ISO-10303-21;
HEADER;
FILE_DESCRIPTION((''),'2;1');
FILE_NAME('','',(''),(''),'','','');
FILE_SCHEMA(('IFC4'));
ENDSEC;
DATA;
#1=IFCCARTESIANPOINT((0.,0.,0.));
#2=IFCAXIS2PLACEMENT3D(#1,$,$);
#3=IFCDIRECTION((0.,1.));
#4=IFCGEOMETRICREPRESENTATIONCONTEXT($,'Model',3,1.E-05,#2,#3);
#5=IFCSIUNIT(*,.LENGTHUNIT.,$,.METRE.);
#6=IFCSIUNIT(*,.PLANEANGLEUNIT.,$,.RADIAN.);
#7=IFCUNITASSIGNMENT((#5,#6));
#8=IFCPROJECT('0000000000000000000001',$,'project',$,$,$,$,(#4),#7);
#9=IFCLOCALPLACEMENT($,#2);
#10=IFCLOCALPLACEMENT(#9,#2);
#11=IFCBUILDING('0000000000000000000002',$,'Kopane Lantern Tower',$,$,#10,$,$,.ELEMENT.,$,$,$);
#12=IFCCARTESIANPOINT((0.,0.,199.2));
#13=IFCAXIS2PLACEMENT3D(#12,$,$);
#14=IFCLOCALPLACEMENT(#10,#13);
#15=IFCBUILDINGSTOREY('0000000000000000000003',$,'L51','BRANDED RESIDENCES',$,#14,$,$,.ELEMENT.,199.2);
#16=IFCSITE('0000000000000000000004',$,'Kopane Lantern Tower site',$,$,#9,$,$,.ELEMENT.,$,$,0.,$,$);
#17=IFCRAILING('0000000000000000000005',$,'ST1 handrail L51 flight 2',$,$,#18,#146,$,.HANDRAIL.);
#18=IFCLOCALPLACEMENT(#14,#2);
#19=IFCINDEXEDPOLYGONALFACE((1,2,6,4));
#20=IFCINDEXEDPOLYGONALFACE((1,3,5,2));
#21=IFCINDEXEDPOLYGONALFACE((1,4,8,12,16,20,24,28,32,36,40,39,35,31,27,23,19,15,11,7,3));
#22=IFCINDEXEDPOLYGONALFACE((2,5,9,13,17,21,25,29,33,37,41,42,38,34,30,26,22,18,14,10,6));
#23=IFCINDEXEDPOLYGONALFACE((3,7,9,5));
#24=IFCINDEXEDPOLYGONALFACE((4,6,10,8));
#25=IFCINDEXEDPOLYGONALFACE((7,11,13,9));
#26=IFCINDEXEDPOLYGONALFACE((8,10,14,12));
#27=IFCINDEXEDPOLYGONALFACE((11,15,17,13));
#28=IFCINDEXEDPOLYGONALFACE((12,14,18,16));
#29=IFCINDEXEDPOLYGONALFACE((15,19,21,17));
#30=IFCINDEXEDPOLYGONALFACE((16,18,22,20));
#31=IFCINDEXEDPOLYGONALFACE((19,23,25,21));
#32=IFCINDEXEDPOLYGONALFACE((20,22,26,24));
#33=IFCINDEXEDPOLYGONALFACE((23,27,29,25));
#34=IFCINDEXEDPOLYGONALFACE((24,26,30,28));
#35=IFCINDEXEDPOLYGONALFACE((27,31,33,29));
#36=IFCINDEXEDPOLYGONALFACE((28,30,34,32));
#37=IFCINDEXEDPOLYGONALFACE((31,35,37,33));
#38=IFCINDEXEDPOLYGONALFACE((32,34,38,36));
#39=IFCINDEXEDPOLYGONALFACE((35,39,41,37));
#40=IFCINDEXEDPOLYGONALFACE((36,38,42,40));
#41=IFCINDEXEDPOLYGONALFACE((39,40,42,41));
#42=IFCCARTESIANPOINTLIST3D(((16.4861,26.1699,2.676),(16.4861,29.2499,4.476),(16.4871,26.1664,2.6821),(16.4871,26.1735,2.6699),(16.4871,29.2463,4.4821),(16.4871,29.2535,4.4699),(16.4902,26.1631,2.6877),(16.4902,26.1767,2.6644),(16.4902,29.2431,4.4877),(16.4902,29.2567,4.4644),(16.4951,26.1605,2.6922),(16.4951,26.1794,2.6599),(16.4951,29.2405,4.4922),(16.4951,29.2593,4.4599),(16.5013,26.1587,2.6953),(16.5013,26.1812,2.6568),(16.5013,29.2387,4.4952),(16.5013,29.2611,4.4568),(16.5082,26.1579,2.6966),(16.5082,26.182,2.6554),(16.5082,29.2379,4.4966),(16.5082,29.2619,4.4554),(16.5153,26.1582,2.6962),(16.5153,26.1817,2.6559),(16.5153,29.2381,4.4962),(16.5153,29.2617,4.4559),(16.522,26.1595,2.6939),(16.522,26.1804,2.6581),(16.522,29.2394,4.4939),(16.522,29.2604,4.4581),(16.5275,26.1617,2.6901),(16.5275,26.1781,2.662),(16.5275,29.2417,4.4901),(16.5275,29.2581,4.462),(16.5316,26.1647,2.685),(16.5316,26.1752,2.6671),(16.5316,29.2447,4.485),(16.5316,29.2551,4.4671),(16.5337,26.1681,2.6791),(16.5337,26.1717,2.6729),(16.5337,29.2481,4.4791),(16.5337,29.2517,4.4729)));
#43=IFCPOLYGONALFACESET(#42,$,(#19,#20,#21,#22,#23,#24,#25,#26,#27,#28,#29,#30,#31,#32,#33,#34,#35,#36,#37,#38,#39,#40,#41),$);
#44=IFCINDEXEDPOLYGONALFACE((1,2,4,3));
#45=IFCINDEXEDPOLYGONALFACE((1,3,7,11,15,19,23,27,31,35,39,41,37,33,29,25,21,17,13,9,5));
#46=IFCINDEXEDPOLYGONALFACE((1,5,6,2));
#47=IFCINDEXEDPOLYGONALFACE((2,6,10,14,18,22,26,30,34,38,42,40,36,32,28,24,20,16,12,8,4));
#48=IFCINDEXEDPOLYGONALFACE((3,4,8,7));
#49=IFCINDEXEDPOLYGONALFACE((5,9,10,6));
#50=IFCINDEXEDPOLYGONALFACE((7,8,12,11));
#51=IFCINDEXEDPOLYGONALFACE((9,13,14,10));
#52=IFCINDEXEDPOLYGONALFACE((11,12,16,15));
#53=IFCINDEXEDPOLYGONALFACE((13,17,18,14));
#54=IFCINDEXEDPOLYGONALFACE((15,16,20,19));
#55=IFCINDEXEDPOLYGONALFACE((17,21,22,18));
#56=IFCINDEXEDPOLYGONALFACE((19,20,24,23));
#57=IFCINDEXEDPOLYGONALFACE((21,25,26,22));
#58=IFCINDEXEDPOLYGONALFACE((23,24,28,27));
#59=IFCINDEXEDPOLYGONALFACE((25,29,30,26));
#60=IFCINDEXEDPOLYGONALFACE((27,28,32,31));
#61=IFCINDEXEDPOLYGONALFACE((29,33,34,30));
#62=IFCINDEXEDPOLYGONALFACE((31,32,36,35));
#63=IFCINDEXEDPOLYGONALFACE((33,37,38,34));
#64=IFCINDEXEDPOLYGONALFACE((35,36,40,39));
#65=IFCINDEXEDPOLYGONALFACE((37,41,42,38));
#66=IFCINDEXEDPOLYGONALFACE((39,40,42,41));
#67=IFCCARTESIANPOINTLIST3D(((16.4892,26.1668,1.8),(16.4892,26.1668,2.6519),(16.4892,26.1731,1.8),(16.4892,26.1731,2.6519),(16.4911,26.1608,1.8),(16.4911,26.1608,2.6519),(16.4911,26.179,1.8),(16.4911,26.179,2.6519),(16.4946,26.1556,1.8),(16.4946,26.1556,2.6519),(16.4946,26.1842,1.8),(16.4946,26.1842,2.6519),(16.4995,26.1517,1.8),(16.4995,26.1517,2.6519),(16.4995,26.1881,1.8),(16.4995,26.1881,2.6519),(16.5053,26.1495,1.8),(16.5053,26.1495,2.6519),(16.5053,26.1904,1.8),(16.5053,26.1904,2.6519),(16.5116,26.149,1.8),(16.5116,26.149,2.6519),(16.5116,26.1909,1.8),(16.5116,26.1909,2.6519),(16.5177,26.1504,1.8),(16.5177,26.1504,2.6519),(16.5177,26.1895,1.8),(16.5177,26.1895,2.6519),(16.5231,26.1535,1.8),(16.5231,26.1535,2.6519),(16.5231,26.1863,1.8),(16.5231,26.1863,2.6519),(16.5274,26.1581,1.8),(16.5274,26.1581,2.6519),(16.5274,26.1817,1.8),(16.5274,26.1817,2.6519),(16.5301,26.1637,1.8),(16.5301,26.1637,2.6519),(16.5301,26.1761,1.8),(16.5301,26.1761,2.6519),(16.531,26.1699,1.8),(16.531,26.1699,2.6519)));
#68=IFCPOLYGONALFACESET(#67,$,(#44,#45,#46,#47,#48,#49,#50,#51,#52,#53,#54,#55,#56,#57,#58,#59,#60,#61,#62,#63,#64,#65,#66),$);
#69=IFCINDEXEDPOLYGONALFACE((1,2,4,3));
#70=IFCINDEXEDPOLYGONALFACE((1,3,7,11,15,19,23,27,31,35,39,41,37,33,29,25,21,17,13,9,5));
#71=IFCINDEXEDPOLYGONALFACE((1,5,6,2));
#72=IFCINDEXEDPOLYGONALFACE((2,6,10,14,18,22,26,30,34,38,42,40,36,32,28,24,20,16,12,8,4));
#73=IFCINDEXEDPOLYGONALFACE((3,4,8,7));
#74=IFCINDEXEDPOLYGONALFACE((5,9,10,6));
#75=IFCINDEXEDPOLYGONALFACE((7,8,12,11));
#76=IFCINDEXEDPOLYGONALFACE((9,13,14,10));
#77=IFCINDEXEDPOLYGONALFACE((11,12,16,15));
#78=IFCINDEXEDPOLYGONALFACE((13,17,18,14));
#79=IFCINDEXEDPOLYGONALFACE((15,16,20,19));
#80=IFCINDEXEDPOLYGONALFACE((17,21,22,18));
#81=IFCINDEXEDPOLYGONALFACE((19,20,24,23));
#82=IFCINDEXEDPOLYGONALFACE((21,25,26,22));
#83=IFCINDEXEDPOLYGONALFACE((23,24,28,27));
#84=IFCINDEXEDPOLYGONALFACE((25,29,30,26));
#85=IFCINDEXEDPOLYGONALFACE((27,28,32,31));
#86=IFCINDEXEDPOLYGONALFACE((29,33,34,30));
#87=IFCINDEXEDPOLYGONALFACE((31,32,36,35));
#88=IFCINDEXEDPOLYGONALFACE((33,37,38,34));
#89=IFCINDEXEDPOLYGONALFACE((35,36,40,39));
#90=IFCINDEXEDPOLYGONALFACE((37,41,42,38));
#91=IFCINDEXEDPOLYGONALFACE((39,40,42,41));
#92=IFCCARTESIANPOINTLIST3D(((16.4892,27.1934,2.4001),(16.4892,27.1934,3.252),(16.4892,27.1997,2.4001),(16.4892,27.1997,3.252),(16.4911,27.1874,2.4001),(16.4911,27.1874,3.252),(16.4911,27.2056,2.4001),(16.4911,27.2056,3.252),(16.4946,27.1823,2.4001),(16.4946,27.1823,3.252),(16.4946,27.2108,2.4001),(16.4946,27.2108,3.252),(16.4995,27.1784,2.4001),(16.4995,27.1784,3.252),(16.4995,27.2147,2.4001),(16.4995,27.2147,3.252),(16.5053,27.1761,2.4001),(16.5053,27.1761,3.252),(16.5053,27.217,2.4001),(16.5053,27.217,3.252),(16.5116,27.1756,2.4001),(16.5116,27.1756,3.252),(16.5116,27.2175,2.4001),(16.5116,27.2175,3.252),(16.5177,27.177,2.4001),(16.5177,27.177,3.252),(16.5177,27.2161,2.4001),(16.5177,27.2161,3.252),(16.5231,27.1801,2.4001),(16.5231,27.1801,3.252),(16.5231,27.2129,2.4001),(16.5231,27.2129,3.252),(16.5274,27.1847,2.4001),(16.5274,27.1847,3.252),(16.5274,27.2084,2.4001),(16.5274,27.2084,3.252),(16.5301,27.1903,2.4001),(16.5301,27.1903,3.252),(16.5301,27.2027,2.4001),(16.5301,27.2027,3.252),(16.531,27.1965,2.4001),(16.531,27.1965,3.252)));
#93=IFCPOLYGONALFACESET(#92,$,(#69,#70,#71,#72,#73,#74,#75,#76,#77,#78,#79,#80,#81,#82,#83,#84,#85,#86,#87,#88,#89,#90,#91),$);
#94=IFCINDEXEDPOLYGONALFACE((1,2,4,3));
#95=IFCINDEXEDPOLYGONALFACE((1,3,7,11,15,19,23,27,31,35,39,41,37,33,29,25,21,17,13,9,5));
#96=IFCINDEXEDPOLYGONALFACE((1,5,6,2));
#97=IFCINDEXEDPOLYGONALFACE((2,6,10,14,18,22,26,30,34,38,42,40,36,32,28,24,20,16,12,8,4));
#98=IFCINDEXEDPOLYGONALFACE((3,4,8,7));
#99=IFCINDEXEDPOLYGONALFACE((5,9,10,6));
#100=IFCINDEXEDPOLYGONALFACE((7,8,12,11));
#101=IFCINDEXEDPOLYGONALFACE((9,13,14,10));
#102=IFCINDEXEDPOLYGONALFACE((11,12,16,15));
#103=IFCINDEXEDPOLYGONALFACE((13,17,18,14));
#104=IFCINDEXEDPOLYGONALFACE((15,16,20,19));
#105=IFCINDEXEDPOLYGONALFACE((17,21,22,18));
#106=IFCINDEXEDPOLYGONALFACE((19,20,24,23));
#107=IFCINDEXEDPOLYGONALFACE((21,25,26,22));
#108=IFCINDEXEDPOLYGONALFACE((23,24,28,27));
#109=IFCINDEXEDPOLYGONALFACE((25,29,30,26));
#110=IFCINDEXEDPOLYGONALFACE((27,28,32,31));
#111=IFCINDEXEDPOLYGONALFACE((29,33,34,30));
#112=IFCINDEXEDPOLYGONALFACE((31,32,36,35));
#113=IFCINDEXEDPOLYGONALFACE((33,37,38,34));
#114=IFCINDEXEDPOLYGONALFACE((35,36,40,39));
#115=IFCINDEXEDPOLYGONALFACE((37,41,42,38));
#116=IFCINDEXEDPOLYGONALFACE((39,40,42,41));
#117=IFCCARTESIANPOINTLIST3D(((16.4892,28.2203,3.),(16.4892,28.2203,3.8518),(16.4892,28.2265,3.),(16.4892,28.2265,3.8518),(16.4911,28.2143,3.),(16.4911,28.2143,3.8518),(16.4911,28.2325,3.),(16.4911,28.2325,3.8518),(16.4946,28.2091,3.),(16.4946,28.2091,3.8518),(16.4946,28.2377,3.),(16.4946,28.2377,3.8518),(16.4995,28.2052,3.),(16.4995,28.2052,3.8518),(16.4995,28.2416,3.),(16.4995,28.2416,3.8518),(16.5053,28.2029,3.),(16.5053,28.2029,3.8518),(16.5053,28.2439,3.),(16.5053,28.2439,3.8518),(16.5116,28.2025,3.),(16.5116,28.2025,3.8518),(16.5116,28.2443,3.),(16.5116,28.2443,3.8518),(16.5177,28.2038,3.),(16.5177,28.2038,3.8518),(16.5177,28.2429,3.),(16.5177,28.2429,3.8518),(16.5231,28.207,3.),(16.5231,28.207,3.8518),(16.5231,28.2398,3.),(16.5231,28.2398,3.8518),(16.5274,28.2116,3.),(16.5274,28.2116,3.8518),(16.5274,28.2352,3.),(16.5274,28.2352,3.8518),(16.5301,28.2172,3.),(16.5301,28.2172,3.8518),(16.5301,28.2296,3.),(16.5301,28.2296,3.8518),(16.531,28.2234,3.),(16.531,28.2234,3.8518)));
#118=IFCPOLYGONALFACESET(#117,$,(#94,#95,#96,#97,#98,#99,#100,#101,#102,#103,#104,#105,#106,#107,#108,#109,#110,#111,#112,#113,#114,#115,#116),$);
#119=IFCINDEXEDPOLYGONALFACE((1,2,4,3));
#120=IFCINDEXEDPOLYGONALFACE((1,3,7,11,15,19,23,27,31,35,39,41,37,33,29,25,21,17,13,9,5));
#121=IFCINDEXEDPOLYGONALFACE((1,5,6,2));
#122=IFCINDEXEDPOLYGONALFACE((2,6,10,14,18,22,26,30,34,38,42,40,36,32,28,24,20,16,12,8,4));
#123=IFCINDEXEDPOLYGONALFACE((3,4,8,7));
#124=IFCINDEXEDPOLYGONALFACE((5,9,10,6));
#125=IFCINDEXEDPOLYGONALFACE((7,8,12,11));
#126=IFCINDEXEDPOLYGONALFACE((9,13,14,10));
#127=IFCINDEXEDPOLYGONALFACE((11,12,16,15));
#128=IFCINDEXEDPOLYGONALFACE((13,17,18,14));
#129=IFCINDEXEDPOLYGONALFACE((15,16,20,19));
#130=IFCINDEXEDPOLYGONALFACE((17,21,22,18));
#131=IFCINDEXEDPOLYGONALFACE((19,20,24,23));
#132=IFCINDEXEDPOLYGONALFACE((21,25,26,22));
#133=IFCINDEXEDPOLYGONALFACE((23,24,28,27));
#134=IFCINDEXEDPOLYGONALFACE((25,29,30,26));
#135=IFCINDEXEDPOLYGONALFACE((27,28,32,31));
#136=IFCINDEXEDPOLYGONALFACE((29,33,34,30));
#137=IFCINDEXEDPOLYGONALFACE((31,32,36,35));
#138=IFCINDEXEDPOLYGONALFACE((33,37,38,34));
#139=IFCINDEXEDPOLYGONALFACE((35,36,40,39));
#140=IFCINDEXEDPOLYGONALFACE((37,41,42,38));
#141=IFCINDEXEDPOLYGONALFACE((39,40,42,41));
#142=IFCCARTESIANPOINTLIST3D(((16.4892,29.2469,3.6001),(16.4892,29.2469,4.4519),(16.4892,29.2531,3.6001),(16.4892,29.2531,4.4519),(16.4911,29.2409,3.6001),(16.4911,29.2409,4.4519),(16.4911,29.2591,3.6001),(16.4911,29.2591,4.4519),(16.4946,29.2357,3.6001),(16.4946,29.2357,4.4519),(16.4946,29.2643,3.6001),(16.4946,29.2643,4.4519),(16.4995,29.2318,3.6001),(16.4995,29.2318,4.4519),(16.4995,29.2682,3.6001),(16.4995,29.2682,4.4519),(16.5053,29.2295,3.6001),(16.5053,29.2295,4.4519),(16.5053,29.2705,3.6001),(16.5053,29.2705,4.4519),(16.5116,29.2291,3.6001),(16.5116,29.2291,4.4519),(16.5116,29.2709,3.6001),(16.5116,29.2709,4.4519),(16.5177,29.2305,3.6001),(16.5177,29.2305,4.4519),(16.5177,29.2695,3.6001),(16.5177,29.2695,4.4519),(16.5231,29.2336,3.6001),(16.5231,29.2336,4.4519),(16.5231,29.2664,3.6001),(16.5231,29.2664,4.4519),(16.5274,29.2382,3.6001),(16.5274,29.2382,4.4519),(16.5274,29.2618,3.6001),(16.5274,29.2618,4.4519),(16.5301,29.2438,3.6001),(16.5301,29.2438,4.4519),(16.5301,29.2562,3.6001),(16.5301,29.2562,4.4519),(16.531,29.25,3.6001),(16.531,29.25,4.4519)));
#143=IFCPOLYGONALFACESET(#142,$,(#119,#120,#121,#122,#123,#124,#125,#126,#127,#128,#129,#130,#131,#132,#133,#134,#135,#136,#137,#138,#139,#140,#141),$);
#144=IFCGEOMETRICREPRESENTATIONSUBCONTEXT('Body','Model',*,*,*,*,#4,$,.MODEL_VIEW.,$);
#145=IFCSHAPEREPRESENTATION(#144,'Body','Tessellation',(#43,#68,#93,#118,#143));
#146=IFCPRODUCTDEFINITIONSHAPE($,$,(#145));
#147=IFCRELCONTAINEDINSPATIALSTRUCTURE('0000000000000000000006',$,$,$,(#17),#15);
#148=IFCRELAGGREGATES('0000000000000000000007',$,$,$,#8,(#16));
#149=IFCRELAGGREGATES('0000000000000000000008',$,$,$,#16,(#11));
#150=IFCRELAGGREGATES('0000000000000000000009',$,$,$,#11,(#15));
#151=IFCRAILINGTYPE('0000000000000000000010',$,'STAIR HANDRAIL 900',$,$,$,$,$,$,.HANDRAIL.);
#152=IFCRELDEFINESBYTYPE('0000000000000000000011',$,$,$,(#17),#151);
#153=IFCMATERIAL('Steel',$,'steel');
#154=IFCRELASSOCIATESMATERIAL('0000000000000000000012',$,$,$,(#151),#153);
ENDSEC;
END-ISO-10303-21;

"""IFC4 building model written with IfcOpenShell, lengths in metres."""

from ifc_helpers import new_model, si_unit, direction, frame, origin, origin_2d, place, context, subcontext, project, spatial, circle, extrude, material, type_object, element, save


model = new_model("IFC4")

# Units and contexts
model_context = context("Model", 3, precision=1e-05, world=origin(), true_north=direction((0.0, 1.0)))
body_context = subcontext(model_context, "Body", "Model", "MODEL_VIEW")
ifc_project = project(units=[si_unit("LENGTHUNIT", "METRE"), si_unit("PLANEANGLEUNIT", "RADIAN")], contexts=[model_context])

# Site, building, storey
site_placement = place(None, origin())
site = spatial("IfcSite", under=ifc_project, at=site_placement, Name="Kopane Lantern Tower site", CompositionType="ELEMENT", RefElevation=0.0)
building_placement = place(site_placement, origin())
building = spatial("IfcBuilding", under=site, at=building_placement, Name="Kopane Lantern Tower", CompositionType="ELEMENT")
storey_placement = place(building_placement, frame((0.0, 0.0, 199.2)))
storey = spatial("IfcBuildingStorey", under=building, at=storey_placement, Name="L51", Description="BRANDED RESIDENCES", CompositionType="ELEMENT", Elevation=199.2)

# Railing
ifc_material_1 = material(Name="Steel", Category="steel")
railing_type_1 = type_object("IfcRailingType", Name="STAIR HANDRAIL 900", PredefinedType="HANDRAIL", material=ifc_material_1)
for number, where, name in (
    (1, (16.51, 26.1699, 1.8), "ST1 handrail L51 flight 2"),
):
    element("IfcRailing", number, at=place(storey_placement, frame(where)), inside=storey, type_object=railing_type_1, Name=name, PredefinedType="HANDRAIL", context=body_context, shape_type="SweptSolid", body=[
        extrude(circle(Radius=0.0239, at=origin_2d()), frame((0.0, 0.0, 0.876), z_axis=(0.0, 0.863372, 0.504569), x_axis=(-1.0, 0.0, 0.0)), (0.0, 0.0, 1.0), 3.5674),
        extrude(circle(Radius=0.021, at=origin_2d()), origin(), (0.0, 0.0, 1.0), 0.8518),
        extrude(circle(Radius=0.021, at=origin_2d()), frame((0.0, 1.0266, 0.6001)), (0.0, 0.0, 1.0), 0.8518),
        extrude(circle(Radius=0.021, at=origin_2d()), frame((0.0, 2.0535, 1.2)), (0.0, 0.0, 1.0), 0.8518),
        extrude(circle(Radius=0.021, at=origin_2d()), frame((0.0, 3.0801, 1.8)), (0.0, 0.0, 1.0), 0.8518),
    ])

save(model, "model.ifc")
